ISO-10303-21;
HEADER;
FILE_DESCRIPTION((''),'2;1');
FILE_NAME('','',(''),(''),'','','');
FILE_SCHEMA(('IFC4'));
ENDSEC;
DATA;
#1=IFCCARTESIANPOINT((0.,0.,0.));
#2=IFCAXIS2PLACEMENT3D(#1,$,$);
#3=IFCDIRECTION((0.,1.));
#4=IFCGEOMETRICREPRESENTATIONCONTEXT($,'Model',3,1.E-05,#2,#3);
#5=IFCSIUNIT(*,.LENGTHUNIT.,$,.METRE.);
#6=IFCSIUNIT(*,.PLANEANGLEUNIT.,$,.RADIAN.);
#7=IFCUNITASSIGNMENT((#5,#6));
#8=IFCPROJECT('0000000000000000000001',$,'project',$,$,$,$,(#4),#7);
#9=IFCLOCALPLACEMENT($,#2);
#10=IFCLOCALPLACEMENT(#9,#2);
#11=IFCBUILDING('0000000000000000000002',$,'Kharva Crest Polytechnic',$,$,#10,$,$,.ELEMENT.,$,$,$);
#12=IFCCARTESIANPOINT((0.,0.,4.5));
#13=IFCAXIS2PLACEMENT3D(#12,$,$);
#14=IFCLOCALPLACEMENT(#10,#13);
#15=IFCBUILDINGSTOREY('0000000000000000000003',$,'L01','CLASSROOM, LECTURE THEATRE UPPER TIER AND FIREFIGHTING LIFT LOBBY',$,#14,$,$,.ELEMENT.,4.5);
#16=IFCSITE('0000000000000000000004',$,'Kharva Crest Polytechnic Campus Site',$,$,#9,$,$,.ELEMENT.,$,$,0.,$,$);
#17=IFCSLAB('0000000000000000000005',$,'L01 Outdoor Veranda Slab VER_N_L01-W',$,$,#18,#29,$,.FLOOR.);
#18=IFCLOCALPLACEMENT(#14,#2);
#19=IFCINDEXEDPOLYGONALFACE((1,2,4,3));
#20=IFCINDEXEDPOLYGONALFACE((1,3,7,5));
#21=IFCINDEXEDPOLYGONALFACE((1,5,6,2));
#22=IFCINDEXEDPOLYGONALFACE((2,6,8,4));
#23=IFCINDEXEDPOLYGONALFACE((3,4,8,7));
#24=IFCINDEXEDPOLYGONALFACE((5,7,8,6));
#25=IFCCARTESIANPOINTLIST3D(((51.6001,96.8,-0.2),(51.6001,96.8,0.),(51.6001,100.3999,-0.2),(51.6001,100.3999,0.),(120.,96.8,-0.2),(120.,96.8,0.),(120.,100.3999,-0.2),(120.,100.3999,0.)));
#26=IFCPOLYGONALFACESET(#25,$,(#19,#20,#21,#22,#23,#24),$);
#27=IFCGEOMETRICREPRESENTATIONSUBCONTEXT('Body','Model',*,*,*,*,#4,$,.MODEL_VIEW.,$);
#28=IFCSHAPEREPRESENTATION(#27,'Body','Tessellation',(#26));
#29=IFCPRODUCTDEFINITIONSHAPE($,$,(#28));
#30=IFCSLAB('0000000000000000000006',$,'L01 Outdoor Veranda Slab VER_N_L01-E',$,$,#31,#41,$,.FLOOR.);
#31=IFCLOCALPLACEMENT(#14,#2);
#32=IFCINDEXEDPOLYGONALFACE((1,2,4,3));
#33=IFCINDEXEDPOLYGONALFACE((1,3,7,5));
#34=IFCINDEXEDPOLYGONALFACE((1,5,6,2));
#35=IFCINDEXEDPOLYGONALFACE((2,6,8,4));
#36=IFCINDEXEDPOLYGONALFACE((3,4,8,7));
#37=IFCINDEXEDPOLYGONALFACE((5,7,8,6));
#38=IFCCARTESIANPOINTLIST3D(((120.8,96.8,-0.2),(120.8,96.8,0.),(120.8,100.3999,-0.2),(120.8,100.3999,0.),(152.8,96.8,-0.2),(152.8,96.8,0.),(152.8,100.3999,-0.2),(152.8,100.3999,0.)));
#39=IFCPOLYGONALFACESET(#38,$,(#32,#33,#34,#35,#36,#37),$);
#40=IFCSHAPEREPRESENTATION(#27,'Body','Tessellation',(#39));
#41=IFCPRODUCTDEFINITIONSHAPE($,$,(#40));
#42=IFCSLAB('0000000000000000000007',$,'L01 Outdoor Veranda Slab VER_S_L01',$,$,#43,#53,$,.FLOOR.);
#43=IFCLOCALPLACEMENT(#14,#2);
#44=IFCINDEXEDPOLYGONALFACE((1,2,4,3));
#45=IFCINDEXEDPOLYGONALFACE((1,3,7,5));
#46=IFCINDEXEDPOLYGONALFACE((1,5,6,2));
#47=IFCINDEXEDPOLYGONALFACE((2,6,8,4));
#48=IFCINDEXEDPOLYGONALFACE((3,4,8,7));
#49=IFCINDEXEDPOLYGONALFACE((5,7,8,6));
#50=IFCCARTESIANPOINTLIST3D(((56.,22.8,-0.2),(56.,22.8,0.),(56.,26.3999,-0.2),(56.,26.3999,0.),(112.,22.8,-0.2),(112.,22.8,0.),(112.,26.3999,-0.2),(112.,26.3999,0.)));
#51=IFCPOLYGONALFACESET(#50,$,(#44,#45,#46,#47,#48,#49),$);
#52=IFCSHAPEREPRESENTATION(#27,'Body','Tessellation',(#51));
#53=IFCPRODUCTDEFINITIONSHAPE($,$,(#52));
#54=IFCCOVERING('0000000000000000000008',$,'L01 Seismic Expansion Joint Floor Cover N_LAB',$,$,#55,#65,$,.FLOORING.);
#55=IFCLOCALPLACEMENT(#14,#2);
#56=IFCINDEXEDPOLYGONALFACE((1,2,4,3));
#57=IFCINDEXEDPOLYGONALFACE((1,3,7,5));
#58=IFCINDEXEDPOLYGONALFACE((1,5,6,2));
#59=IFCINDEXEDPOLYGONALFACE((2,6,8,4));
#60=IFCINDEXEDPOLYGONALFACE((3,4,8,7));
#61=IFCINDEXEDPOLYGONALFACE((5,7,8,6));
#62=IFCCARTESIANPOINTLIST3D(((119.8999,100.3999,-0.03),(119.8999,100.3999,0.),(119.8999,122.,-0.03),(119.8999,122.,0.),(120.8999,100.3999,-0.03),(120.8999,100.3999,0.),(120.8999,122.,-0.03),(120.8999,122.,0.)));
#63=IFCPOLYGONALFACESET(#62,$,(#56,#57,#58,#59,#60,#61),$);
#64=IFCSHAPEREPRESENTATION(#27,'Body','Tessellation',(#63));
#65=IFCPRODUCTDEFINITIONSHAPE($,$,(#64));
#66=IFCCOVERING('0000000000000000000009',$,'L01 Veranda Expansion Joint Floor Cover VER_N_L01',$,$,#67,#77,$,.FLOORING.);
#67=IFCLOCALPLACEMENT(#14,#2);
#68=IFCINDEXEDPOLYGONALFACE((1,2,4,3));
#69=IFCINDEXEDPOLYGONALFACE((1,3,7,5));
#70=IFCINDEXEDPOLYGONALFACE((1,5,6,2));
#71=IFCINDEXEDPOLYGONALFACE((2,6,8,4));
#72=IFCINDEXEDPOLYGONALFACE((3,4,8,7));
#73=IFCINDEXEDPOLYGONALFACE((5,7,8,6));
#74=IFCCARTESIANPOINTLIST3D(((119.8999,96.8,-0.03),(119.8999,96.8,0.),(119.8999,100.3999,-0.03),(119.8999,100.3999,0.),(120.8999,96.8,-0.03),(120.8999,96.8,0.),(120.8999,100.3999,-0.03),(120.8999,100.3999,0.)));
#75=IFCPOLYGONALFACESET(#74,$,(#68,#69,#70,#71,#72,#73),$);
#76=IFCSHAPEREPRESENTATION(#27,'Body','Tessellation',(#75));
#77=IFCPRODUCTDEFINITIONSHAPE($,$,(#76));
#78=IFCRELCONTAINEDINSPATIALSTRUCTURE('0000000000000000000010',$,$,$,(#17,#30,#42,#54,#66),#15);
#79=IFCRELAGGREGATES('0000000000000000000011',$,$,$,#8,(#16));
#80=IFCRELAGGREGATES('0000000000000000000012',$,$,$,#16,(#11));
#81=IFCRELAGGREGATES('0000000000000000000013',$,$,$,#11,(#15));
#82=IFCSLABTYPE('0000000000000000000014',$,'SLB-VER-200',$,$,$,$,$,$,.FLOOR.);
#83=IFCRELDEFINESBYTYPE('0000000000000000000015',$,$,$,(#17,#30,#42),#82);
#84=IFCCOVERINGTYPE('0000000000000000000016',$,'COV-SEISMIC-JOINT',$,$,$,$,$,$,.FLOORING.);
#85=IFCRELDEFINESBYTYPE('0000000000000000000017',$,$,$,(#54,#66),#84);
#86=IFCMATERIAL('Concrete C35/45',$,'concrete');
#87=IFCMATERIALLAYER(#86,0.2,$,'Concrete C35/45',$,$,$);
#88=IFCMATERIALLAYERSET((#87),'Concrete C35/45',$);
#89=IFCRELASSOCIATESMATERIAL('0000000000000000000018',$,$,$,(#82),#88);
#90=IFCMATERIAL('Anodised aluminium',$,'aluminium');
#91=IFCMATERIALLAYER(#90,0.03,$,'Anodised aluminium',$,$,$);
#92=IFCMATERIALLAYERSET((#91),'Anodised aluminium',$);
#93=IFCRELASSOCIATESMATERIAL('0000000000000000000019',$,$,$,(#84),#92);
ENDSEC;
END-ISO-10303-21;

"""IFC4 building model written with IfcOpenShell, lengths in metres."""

from ifc_helpers import new_model, si_unit, direction, frame, origin, place, context, subcontext, project, spatial, polyline, outline, extrude, material, layer, layer_set, type_object, element, save


model = new_model("IFC4")

# Units and contexts
model_context = context("Model", 3, precision=1e-05, world=origin(), true_north=direction((0.0, 1.0)))
body_context = subcontext(model_context, "Body", "Model", "MODEL_VIEW")
ifc_project = project(units=[si_unit("LENGTHUNIT", "METRE"), si_unit("PLANEANGLEUNIT", "RADIAN")], contexts=[model_context])

# Site, building, storey
site_placement = place(None, origin())
site = spatial("IfcSite", under=ifc_project, at=site_placement, Name="Kharva Crest Polytechnic Campus Site", CompositionType="ELEMENT", RefElevation=0.0)
building_placement = place(site_placement, origin())
building = spatial("IfcBuilding", under=site, at=building_placement, Name="Kharva Crest Polytechnic", CompositionType="ELEMENT")
storey_placement = place(building_placement, frame((0.0, 0.0, 4.5)))
storey = spatial("IfcBuildingStorey", under=building, at=storey_placement, Name="L01", Description="CLASSROOM, LECTURE THEATRE UPPER TIER AND FIREFIGHTING LIFT LOBBY", CompositionType="ELEMENT", Elevation=4.5)

# Shared definitions
ifc_material_1 = material(Name="Concrete C35/45", Category="concrete")

# Slabs
ifc_layer_1 = layer(ifc_material_1, 0.2, Name="Concrete C35/45")
ifc_layer_set_1 = layer_set([ifc_layer_1], Name="Concrete C35/45")
slab_type_1 = type_object("IfcSlabType", Name="SLB-VER-200", PredefinedType="FLOOR", material=ifc_layer_set_1)
slab_1_placement = place(storey_placement, frame((0.0, 0.0, -0.2)))
element("IfcSlab", 1, at=slab_1_placement, inside=storey, type_object=slab_type_1, Name="L01 Outdoor Veranda Slab VER_N_L01-W", PredefinedType="FLOOR", context=body_context, shape_type="SweptSolid", body=[
    extrude(outline(polyline([(51.6001, 96.8), (120.0, 96.8), (120.0, 100.3999), (51.6001, 100.3999), (51.6001, 96.8)])), origin(), (0.0, 0.0, 1.0), 0.2),
])
slab_2_placement = place(storey_placement, frame((0.0, 0.0, -0.2)))
element("IfcSlab", 2, at=slab_2_placement, inside=storey, type_object=slab_type_1, Name="L01 Outdoor Veranda Slab VER_N_L01-E", PredefinedType="FLOOR", context=body_context, shape_type="SweptSolid", body=[
    extrude(outline(polyline([(120.8, 96.8), (152.8, 96.8), (152.8, 100.3999), (120.8, 100.3999), (120.8, 96.8)])), origin(), (0.0, 0.0, 1.0), 0.2),
])
slab_3_placement = place(storey_placement, frame((0.0, 0.0, -0.2)))
element("IfcSlab", 3, at=slab_3_placement, inside=storey, type_object=slab_type_1, Name="L01 Outdoor Veranda Slab VER_S_L01", PredefinedType="FLOOR", context=body_context, shape_type="SweptSolid", body=[
    extrude(outline(polyline([(56.0, 22.8), (112.0, 22.8), (112.0, 26.3999), (56.0, 26.3999), (56.0, 22.8)])), origin(), (0.0, 0.0, 1.0), 0.2),
])

# Coverings
ifc_material_2 = material(Name="Anodised aluminium", Category="aluminium")
ifc_layer_2 = layer(ifc_material_2, 0.03, Name="Anodised aluminium")
ifc_layer_set_2 = layer_set([ifc_layer_2], Name="Anodised aluminium")
covering_type = type_object("IfcCoveringType", Name="COV-SEISMIC-JOINT", PredefinedType="FLOORING", material=ifc_layer_set_2)
covering_1_placement = place(storey_placement, frame((0.0, 0.0, -0.03)))
element("IfcCovering", 4, at=covering_1_placement, inside=storey, type_object=covering_type, Name="L01 Seismic Expansion Joint Floor Cover N_LAB", PredefinedType="FLOORING", context=body_context, shape_type="SweptSolid", body=[
    extrude(outline(polyline([(119.8999, 100.3999), (120.8999, 100.3999), (120.8999, 122.0), (119.8999, 122.0), (119.8999, 100.3999)])), origin(), (0.0, 0.0, 1.0), 0.03),
])
covering_2_placement = place(storey_placement, frame((0.0, 0.0, -0.03)))
element("IfcCovering", 5, at=covering_2_placement, inside=storey, type_object=covering_type, Name="L01 Veranda Expansion Joint Floor Cover VER_N_L01", PredefinedType="FLOORING", context=body_context, shape_type="SweptSolid", body=[
    extrude(outline(polyline([(119.8999, 96.8), (120.8999, 96.8), (120.8999, 100.3999), (119.8999, 100.3999), (119.8999, 96.8)])), origin(), (0.0, 0.0, 1.0), 0.03),
])

save(model, "model.ifc")
